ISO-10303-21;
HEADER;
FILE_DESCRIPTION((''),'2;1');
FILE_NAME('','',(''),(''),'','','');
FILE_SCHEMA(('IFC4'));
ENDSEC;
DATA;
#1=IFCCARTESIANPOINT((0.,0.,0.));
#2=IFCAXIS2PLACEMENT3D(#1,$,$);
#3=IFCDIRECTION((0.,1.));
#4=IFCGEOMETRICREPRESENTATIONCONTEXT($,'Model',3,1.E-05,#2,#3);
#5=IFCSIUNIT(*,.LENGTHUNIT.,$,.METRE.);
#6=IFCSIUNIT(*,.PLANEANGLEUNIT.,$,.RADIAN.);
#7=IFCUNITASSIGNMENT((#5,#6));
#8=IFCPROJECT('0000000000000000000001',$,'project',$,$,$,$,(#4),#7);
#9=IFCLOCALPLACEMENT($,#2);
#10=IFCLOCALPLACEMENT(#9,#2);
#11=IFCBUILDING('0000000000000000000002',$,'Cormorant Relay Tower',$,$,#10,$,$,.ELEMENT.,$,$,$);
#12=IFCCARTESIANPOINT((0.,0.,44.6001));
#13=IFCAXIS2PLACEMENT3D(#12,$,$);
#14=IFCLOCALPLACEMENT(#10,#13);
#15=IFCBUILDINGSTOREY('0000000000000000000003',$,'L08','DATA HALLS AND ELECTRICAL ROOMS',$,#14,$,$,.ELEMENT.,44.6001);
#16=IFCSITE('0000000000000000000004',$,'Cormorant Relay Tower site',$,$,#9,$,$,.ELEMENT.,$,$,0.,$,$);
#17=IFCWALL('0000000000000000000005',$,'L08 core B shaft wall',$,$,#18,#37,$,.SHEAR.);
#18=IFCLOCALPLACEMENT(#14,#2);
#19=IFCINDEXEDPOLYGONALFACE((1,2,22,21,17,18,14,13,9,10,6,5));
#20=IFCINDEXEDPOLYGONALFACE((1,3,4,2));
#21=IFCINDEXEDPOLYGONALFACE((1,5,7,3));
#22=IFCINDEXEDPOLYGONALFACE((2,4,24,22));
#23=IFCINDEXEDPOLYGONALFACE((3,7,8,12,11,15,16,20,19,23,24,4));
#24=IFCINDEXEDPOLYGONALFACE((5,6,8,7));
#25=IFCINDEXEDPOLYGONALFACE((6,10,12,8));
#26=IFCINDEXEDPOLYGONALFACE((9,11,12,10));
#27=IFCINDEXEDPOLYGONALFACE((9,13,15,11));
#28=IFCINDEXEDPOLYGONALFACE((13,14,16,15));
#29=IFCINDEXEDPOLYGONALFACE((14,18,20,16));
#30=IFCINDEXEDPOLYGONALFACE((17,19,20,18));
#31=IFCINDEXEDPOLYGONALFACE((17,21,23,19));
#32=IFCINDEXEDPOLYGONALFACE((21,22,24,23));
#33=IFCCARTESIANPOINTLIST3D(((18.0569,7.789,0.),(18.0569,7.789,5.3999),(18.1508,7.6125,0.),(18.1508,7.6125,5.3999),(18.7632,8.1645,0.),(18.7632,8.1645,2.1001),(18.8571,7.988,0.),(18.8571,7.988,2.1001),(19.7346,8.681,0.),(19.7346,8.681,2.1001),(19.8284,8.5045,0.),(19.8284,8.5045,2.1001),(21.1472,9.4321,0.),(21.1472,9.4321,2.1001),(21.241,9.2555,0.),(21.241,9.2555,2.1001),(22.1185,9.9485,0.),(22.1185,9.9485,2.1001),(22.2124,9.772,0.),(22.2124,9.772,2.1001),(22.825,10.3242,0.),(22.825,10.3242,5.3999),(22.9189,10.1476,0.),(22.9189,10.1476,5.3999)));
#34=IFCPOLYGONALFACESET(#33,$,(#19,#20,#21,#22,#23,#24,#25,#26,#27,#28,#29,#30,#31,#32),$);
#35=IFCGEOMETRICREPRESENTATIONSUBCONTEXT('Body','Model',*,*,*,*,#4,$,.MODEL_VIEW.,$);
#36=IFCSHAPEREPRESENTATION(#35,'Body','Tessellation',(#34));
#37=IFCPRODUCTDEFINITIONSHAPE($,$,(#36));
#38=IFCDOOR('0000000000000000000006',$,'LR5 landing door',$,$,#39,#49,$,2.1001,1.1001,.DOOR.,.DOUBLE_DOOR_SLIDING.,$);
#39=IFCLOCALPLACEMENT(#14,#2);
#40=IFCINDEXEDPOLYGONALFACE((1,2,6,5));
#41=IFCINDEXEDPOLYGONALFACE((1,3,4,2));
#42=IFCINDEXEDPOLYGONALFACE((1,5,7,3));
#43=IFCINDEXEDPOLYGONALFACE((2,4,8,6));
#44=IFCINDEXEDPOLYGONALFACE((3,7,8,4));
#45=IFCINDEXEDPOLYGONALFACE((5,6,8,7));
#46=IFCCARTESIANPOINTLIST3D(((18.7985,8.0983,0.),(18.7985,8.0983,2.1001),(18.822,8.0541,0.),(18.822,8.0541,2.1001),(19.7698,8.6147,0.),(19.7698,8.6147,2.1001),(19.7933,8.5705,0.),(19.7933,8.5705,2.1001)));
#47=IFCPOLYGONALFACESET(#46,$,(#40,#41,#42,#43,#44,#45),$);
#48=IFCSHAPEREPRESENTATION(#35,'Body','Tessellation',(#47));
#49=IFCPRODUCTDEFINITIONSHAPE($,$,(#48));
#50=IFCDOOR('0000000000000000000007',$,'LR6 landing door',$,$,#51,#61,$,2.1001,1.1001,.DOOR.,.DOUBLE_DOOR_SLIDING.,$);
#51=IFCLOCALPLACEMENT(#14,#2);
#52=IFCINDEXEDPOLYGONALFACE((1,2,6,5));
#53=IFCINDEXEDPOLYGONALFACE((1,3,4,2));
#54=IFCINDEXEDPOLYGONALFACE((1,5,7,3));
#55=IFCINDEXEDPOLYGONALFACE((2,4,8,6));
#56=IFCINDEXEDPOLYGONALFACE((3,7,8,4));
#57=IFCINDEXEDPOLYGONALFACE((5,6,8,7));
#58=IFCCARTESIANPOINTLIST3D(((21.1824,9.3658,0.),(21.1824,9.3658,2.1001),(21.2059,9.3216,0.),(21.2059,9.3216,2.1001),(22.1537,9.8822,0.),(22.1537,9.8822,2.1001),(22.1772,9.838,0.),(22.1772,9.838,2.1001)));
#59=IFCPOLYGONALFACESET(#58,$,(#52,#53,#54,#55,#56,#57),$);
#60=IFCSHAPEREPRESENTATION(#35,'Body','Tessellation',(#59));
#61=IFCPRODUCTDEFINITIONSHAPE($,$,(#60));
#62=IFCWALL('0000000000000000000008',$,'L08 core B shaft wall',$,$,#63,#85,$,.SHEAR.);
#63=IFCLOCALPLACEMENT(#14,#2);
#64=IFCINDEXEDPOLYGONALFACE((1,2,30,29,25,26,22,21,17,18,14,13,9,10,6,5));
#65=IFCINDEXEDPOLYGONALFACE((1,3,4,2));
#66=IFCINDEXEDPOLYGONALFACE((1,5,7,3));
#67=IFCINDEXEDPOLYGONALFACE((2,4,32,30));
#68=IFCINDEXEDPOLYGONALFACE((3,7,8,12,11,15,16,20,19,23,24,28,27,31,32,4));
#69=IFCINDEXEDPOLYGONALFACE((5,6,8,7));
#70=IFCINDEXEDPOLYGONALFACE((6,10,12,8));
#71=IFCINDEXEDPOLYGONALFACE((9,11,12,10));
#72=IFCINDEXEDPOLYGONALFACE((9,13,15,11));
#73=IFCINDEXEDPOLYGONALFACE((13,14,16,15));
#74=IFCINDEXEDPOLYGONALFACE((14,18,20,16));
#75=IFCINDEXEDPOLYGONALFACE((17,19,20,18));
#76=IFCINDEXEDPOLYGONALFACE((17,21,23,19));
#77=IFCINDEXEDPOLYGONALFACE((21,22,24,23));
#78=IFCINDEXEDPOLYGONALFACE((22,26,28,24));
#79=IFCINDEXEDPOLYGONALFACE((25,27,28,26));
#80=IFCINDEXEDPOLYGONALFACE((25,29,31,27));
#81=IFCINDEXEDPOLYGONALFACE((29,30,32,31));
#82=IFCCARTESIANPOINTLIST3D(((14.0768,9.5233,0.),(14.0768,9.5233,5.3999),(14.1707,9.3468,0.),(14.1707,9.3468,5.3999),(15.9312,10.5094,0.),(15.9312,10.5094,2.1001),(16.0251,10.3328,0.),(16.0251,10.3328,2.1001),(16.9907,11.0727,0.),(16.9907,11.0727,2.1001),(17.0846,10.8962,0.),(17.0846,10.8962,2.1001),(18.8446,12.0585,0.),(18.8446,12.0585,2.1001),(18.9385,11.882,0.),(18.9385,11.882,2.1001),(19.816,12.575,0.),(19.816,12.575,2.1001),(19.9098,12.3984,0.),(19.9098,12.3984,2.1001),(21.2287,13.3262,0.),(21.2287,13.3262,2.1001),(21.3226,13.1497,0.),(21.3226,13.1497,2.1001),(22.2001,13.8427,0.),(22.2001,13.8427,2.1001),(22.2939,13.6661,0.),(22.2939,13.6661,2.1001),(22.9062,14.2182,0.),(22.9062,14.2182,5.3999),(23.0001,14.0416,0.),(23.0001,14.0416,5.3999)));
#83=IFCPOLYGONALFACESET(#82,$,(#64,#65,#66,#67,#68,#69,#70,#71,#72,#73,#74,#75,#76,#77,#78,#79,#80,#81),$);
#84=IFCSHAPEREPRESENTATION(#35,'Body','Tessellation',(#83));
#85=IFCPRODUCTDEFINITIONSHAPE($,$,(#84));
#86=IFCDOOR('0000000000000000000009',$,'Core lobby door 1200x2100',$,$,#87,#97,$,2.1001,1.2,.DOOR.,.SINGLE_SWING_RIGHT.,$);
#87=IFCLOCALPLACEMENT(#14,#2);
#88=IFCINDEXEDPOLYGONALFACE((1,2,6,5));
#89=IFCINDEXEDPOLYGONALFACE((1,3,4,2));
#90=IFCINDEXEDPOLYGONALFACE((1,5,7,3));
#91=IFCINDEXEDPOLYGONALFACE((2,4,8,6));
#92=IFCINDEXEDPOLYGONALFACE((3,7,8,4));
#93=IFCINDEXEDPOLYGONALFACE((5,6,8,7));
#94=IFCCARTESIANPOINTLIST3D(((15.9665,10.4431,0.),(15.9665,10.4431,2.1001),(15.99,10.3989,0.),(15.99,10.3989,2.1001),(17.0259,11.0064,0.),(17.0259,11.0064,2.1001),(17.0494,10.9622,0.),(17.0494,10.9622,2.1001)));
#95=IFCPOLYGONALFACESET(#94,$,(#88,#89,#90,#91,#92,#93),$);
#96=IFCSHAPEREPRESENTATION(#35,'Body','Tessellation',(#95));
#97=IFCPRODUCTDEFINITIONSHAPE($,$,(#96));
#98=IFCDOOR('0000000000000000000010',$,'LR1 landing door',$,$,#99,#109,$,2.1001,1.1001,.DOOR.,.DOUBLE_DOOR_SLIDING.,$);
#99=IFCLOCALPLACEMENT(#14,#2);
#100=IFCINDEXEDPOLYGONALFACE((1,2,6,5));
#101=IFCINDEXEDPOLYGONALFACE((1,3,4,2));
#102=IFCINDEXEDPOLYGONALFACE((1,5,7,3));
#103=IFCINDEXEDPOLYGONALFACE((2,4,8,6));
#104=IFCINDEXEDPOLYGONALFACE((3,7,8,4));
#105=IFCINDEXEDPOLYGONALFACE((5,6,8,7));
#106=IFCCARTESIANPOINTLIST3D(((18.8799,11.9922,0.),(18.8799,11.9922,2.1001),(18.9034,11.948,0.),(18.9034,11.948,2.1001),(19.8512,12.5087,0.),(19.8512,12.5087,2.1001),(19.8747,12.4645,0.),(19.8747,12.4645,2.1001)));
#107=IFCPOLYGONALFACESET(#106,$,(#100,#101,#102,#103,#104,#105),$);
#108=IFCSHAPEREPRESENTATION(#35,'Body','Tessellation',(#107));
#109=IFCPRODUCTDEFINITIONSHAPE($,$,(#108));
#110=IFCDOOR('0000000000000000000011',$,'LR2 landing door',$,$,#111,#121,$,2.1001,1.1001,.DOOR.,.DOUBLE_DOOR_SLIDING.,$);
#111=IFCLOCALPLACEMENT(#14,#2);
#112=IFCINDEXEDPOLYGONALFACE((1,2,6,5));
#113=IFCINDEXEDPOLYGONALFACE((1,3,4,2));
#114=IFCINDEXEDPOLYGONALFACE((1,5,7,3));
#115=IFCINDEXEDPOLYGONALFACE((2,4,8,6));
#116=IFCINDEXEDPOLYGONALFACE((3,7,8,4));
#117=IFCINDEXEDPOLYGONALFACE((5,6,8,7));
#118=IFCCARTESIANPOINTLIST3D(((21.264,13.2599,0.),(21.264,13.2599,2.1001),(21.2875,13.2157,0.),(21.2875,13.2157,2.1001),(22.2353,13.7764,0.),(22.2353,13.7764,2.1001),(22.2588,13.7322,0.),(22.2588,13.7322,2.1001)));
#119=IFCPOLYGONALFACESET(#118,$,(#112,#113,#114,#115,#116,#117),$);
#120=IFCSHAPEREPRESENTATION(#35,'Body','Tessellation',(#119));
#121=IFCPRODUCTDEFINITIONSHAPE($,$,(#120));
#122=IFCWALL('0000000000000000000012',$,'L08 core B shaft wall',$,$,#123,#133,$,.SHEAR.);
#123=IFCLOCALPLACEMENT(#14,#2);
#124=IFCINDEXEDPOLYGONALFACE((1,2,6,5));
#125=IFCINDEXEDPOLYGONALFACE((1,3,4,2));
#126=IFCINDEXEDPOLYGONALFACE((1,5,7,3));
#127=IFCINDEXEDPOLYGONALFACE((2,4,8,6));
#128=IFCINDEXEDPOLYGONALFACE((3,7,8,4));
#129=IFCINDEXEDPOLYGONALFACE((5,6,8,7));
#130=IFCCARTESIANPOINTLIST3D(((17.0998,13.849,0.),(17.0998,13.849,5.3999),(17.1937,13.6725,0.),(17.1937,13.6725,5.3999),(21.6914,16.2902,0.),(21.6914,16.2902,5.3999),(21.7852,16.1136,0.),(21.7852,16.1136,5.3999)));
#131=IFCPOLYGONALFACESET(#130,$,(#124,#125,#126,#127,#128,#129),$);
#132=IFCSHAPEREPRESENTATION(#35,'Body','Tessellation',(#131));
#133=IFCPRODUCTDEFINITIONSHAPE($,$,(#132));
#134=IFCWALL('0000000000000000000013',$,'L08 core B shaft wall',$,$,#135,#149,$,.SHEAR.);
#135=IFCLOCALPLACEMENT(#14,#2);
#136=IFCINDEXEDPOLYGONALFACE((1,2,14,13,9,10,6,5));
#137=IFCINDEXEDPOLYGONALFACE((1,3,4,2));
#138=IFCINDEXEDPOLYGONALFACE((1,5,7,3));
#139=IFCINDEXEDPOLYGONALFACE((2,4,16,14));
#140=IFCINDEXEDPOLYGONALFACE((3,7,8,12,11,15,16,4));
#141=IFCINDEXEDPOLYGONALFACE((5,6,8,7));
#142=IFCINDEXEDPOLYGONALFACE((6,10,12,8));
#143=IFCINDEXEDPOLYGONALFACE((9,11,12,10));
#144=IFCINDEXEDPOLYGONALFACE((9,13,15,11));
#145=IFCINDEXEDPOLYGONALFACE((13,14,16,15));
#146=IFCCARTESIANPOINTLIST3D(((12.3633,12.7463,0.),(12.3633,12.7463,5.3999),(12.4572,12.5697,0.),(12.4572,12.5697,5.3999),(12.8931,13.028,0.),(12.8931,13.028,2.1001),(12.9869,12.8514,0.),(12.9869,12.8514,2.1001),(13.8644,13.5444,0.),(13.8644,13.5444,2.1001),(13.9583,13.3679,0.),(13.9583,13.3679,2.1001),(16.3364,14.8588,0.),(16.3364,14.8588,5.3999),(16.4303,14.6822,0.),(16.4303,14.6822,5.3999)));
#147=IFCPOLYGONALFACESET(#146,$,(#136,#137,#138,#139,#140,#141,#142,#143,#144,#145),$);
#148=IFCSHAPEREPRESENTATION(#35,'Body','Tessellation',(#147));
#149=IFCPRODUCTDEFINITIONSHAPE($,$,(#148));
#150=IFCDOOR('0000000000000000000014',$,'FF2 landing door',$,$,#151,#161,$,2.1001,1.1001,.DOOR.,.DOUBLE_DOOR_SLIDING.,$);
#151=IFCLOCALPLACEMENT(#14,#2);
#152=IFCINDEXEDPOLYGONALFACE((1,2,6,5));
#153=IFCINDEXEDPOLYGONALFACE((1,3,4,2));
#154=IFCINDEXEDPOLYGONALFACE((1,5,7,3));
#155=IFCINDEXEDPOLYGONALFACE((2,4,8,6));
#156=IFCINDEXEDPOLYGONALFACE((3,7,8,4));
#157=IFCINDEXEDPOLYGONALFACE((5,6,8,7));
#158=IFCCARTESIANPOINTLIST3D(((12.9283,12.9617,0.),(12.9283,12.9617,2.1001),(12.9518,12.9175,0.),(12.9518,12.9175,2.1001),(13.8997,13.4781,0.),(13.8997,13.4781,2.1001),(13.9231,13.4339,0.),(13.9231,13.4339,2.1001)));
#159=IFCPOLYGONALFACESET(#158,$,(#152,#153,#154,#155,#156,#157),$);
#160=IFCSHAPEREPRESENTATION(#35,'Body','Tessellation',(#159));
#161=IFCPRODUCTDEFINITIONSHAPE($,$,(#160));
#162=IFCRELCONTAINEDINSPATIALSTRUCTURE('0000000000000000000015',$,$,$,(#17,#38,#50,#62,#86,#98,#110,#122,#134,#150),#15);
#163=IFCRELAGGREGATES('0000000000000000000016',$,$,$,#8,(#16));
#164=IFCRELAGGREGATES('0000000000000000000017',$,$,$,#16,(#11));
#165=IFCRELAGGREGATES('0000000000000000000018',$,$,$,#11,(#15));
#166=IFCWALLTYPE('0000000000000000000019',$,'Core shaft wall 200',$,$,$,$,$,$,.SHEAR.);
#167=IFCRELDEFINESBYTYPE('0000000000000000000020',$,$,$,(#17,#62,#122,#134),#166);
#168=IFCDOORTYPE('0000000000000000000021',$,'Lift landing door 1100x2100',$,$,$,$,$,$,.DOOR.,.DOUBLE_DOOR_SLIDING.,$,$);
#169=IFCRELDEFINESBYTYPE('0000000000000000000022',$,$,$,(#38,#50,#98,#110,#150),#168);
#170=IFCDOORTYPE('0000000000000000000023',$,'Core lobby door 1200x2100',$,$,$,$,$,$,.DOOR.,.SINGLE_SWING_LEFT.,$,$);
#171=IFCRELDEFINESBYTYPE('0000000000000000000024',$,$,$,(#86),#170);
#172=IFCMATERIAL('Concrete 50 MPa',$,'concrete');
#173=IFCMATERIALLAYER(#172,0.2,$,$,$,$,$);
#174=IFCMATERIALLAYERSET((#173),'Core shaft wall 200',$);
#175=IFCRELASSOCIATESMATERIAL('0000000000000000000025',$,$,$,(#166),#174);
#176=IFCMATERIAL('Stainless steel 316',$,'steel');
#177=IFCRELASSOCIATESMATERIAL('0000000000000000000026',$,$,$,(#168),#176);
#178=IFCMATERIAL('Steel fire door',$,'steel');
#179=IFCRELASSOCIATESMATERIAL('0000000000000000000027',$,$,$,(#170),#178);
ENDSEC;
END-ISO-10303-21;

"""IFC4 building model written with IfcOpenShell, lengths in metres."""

from ifc_helpers import new_model, si_unit, direction, frame, frame_2d, origin, place, context, subcontext, project, spatial, rectangle, extrude, material, layer, layer_set, type_object, element, fill, save


model = new_model("IFC4")

# Units and contexts
model_context = context("Model", 3, precision=1e-05, world=origin(), true_north=direction((0.0, 1.0)))
body_context = subcontext(model_context, "Body", "Model", "MODEL_VIEW")
ifc_project = project(units=[si_unit("LENGTHUNIT", "METRE"), si_unit("PLANEANGLEUNIT", "RADIAN")], contexts=[model_context])

# Site, building, storey
site_placement = place(None, origin())
site = spatial("IfcSite", under=ifc_project, at=site_placement, Name="Cormorant Relay Tower site", CompositionType="ELEMENT", RefElevation=0.0)
building_placement = place(site_placement, origin())
building = spatial("IfcBuilding", under=site, at=building_placement, Name="Cormorant Relay Tower", CompositionType="ELEMENT")
storey_placement = place(building_placement, frame((0.0, 0.0, 44.6001)))
storey = spatial("IfcBuildingStorey", under=building, at=storey_placement, Name="L08", Description="DATA HALLS AND ELECTRICAL ROOMS", CompositionType="ELEMENT", Elevation=44.6001)

# Shared definitions
ifc_material_1 = material(Name="Concrete 50 MPa", Category="concrete")
ifc_layer_1 = layer(ifc_material_1, 0.2)
ifc_layer_set_1 = layer_set([ifc_layer_1], Name="Core shaft wall 200")
wall_type_1 = type_object("IfcWallType", Name="Core shaft wall 200", PredefinedType="SHEAR", material=ifc_layer_set_1)

# Walls, openings, doors
wall_1_placement = place(storey_placement, frame((18.1038, 7.7007, 0.0), z_axis=(0.0, 0.0, 1.0), x_axis=(0.882953, 0.469462, 0.0)))
wall_1 = element("IfcWall", 1, at=wall_1_placement, inside=storey, type_object=wall_type_1, Name="L08 core B shaft wall", PredefinedType="SHEAR", context=body_context, shape_type="SweptSolid", body=[
    extrude(rectangle(XDim=5.4001, YDim=0.2, at=frame_2d((2.7002, 0.0))), origin(), (0.0, 0.0, 1.0), 5.3999),
])
opening_1_placement = place(wall_1_placement, frame((0.8, 0.0, 0.0)))
opening_1 = element("IfcOpeningElement", 2, at=opening_1_placement, cuts=wall_1, PredefinedType="OPENING", context=body_context, shape_type="SweptSolid", body=[
    extrude(rectangle(XDim=1.1001, YDim=2.1001, at=frame_2d((0.55, 1.05))), frame((0.0, 0.1099, 0.0), z_axis=(0.0, -1.0, 0.0), x_axis=(1.0, 0.0, 0.0)), (0.0, 0.0, 1.0), 0.22),
])
opening_2_placement = place(wall_1_placement, frame((3.5, 0.0, 0.0)))
opening_2 = element("IfcOpeningElement", 3, at=opening_2_placement, cuts=wall_1, PredefinedType="OPENING", context=body_context, shape_type="SweptSolid", body=[
    extrude(rectangle(XDim=1.1001, YDim=2.1001, at=frame_2d((0.55, 1.05))), frame((0.0, 0.1099, 0.0), z_axis=(0.0, -1.0, 0.0), x_axis=(1.0, 0.0, 0.0)), (0.0, 0.0, 1.0), 0.22),
])
ifc_material_2 = material(Name="Stainless steel 316", Category="steel")
door_type_1 = type_object("IfcDoorType", Name="Lift landing door 1100x2100", OperationType="DOUBLE_DOOR_SLIDING", PredefinedType="DOOR", material=ifc_material_2)
door_1_placement = place(opening_1_placement, origin())
door_1 = element("IfcDoor", 4, at=door_1_placement, inside=storey, type_object=door_type_1, Name="LR5 landing door", OperationType="DOUBLE_DOOR_SLIDING", OverallHeight=2.1001, OverallWidth=1.1001, PredefinedType="DOOR", context=body_context, shape_type="SweptSolid", body=[
    extrude(rectangle(XDim=1.1001, YDim=2.1001, at=frame_2d((0.55, 1.05))), frame((0.0, 0.0249, 0.0), z_axis=(0.0, -1.0, 0.0), x_axis=(1.0, 0.0, 0.0)), (0.0, 0.0, 1.0), 0.05),
])
fill(opening_1, door_1)
door_2_placement = place(opening_2_placement, origin())
door_2 = element("IfcDoor", 5, at=door_2_placement, inside=storey, type_object=door_type_1, Name="LR6 landing door", OperationType="DOUBLE_DOOR_SLIDING", OverallHeight=2.1001, OverallWidth=1.1001, PredefinedType="DOOR", context=body_context, shape_type="SweptSolid", body=[
    extrude(rectangle(XDim=1.1001, YDim=2.1001, at=frame_2d((0.55, 1.05))), frame((0.0, 0.0249, 0.0), z_axis=(0.0, -1.0, 0.0), x_axis=(1.0, 0.0, 0.0)), (0.0, 0.0, 1.0), 0.05),
])
fill(opening_2, door_2)
wall_2_placement = place(storey_placement, frame((14.1238, 9.4351, 0.0), z_axis=(0.0, 0.0, 1.0), x_axis=(0.88294, 0.469485, 0.0)))
wall_2 = element("IfcWall", 6, at=wall_2_placement, inside=storey, type_object=wall_type_1, Name="L08 core B shaft wall", PredefinedType="SHEAR", context=body_context, shape_type="SweptSolid", body=[
    extrude(rectangle(XDim=10.0, YDim=0.2, at=frame_2d((5.0, 0.0))), origin(), (0.0, 0.0, 1.0), 5.3999),
])
opening_3_placement = place(wall_2_placement, frame((2.1001, 0.0, 0.0)))
opening_3 = element("IfcOpeningElement", 7, at=opening_3_placement, cuts=wall_2, PredefinedType="OPENING", context=body_context, shape_type="SweptSolid", body=[
    extrude(rectangle(XDim=1.2, YDim=2.1001, at=frame_2d((0.6001, 1.05))), frame((0.0, 0.1099, 0.0), z_axis=(0.0, -1.0, 0.0), x_axis=(1.0, 0.0, 0.0)), (0.0, 0.0, 1.0), 0.22),
])
opening_4_placement = place(wall_2_placement, frame((5.3999, 0.0, 0.0)))
opening_4 = element("IfcOpeningElement", 8, at=opening_4_placement, cuts=wall_2, PredefinedType="OPENING", context=body_context, shape_type="SweptSolid", body=[
    extrude(rectangle(XDim=1.1001, YDim=2.1001, at=frame_2d((0.55, 1.05))), frame((0.0, 0.1099, 0.0), z_axis=(0.0, -1.0, 0.0), x_axis=(1.0, 0.0, 0.0)), (0.0, 0.0, 1.0), 0.22),
])
opening_5_placement = place(wall_2_placement, frame((8.1001, 0.0, 0.0)))
opening_5 = element("IfcOpeningElement", 9, at=opening_5_placement, cuts=wall_2, PredefinedType="OPENING", context=body_context, shape_type="SweptSolid", body=[
    extrude(rectangle(XDim=1.1001, YDim=2.1001, at=frame_2d((0.55, 1.05))), frame((0.0, 0.1099, 0.0), z_axis=(0.0, -1.0, 0.0), x_axis=(1.0, 0.0, 0.0)), (0.0, 0.0, 1.0), 0.22),
])
ifc_material_3 = material(Name="Steel fire door", Category="steel")
door_type_2 = type_object("IfcDoorType", Name="Core lobby door 1200x2100", OperationType="SINGLE_SWING_LEFT", PredefinedType="DOOR", material=ifc_material_3)
door_3_placement = place(opening_3_placement, origin())
door_3 = element("IfcDoor", 10, at=door_3_placement, inside=storey, type_object=door_type_2, Name="Core lobby door 1200x2100", OperationType="SINGLE_SWING_RIGHT", OverallHeight=2.1001, OverallWidth=1.2, PredefinedType="DOOR", context=body_context, shape_type="SweptSolid", body=[
    extrude(rectangle(XDim=1.2, YDim=2.1001, at=frame_2d((0.6001, 1.05))), frame((0.0, 0.0249, 0.0), z_axis=(0.0, -1.0, 0.0), x_axis=(1.0, 0.0, 0.0)), (0.0, 0.0, 1.0), 0.05),
])
fill(opening_3, door_3)
door_4_placement = place(opening_4_placement, origin())
door_4 = element("IfcDoor", 11, at=door_4_placement, inside=storey, type_object=door_type_1, Name="LR1 landing door", OperationType="DOUBLE_DOOR_SLIDING", OverallHeight=2.1001, OverallWidth=1.1001, PredefinedType="DOOR", context=body_context, shape_type="SweptSolid", body=[
    extrude(rectangle(XDim=1.1001, YDim=2.1001, at=frame_2d((0.55, 1.05))), frame((0.0, 0.0249, 0.0), z_axis=(0.0, -1.0, 0.0), x_axis=(1.0, 0.0, 0.0)), (0.0, 0.0, 1.0), 0.05),
])
fill(opening_4, door_4)
door_5_placement = place(opening_5_placement, origin())
door_5 = element("IfcDoor", 12, at=door_5_placement, inside=storey, type_object=door_type_1, Name="LR2 landing door", OperationType="DOUBLE_DOOR_SLIDING", OverallHeight=2.1001, OverallWidth=1.1001, PredefinedType="DOOR", context=body_context, shape_type="SweptSolid", body=[
    extrude(rectangle(XDim=1.1001, YDim=2.1001, at=frame_2d((0.55, 1.05))), frame((0.0, 0.0249, 0.0), z_axis=(0.0, -1.0, 0.0), x_axis=(1.0, 0.0, 0.0)), (0.0, 0.0, 1.0), 0.05),
])
fill(opening_5, door_5)

# Wall
wall_3_placement = place(storey_placement, frame((17.1467, 13.7607, 0.0), z_axis=(0.0, 0.0, 1.0), x_axis=(0.882964, 0.46944, 0.0)))
element("IfcWall", 13, at=wall_3_placement, inside=storey, type_object=wall_type_1, Name="L08 core B shaft wall", PredefinedType="SHEAR", context=body_context, shape_type="SweptSolid", body=[
    extrude(rectangle(XDim=5.2002, YDim=0.2, at=frame_2d((2.6001, 0.0))), origin(), (0.0, 0.0, 1.0), 5.3999),
])

# Wall, opening, door
wall_4_placement = place(storey_placement, frame((12.4102, 12.658, 0.0), z_axis=(0.0, 0.0, 1.0), x_axis=(0.882948, 0.46947, 0.0)))
wall_4 = element("IfcWall", 14, at=wall_4_placement, inside=storey, type_object=wall_type_1, Name="L08 core B shaft wall", PredefinedType="SHEAR", context=body_context, shape_type="SweptSolid", body=[
    extrude(rectangle(XDim=4.4998, YDim=0.2, at=frame_2d((2.25, 0.0))), origin(), (0.0, 0.0, 1.0), 5.3999),
])
opening_6_placement = place(wall_4_placement, frame((0.6001, 0.0, 0.0)))
opening_6 = element("IfcOpeningElement", 15, at=opening_6_placement, cuts=wall_4, PredefinedType="OPENING", context=body_context, shape_type="SweptSolid", body=[
    extrude(rectangle(XDim=1.1001, YDim=2.1001, at=frame_2d((0.55, 1.05))), frame((0.0, 0.1099, 0.0), z_axis=(0.0, -1.0, 0.0), x_axis=(1.0, 0.0, 0.0)), (0.0, 0.0, 1.0), 0.22),
])
door_6_placement = place(opening_6_placement, origin())
door_6 = element("IfcDoor", 16, at=door_6_placement, inside=storey, type_object=door_type_1, Name="FF2 landing door", OperationType="DOUBLE_DOOR_SLIDING", OverallHeight=2.1001, OverallWidth=1.1001, PredefinedType="DOOR", context=body_context, shape_type="SweptSolid", body=[
    extrude(rectangle(XDim=1.1001, YDim=2.1001, at=frame_2d((0.55, 1.05))), frame((0.0, 0.0249, 0.0), z_axis=(0.0, -1.0, 0.0), x_axis=(1.0, 0.0, 0.0)), (0.0, 0.0, 1.0), 0.05),
])
fill(opening_6, door_6)

save(model, "model.ifc")
